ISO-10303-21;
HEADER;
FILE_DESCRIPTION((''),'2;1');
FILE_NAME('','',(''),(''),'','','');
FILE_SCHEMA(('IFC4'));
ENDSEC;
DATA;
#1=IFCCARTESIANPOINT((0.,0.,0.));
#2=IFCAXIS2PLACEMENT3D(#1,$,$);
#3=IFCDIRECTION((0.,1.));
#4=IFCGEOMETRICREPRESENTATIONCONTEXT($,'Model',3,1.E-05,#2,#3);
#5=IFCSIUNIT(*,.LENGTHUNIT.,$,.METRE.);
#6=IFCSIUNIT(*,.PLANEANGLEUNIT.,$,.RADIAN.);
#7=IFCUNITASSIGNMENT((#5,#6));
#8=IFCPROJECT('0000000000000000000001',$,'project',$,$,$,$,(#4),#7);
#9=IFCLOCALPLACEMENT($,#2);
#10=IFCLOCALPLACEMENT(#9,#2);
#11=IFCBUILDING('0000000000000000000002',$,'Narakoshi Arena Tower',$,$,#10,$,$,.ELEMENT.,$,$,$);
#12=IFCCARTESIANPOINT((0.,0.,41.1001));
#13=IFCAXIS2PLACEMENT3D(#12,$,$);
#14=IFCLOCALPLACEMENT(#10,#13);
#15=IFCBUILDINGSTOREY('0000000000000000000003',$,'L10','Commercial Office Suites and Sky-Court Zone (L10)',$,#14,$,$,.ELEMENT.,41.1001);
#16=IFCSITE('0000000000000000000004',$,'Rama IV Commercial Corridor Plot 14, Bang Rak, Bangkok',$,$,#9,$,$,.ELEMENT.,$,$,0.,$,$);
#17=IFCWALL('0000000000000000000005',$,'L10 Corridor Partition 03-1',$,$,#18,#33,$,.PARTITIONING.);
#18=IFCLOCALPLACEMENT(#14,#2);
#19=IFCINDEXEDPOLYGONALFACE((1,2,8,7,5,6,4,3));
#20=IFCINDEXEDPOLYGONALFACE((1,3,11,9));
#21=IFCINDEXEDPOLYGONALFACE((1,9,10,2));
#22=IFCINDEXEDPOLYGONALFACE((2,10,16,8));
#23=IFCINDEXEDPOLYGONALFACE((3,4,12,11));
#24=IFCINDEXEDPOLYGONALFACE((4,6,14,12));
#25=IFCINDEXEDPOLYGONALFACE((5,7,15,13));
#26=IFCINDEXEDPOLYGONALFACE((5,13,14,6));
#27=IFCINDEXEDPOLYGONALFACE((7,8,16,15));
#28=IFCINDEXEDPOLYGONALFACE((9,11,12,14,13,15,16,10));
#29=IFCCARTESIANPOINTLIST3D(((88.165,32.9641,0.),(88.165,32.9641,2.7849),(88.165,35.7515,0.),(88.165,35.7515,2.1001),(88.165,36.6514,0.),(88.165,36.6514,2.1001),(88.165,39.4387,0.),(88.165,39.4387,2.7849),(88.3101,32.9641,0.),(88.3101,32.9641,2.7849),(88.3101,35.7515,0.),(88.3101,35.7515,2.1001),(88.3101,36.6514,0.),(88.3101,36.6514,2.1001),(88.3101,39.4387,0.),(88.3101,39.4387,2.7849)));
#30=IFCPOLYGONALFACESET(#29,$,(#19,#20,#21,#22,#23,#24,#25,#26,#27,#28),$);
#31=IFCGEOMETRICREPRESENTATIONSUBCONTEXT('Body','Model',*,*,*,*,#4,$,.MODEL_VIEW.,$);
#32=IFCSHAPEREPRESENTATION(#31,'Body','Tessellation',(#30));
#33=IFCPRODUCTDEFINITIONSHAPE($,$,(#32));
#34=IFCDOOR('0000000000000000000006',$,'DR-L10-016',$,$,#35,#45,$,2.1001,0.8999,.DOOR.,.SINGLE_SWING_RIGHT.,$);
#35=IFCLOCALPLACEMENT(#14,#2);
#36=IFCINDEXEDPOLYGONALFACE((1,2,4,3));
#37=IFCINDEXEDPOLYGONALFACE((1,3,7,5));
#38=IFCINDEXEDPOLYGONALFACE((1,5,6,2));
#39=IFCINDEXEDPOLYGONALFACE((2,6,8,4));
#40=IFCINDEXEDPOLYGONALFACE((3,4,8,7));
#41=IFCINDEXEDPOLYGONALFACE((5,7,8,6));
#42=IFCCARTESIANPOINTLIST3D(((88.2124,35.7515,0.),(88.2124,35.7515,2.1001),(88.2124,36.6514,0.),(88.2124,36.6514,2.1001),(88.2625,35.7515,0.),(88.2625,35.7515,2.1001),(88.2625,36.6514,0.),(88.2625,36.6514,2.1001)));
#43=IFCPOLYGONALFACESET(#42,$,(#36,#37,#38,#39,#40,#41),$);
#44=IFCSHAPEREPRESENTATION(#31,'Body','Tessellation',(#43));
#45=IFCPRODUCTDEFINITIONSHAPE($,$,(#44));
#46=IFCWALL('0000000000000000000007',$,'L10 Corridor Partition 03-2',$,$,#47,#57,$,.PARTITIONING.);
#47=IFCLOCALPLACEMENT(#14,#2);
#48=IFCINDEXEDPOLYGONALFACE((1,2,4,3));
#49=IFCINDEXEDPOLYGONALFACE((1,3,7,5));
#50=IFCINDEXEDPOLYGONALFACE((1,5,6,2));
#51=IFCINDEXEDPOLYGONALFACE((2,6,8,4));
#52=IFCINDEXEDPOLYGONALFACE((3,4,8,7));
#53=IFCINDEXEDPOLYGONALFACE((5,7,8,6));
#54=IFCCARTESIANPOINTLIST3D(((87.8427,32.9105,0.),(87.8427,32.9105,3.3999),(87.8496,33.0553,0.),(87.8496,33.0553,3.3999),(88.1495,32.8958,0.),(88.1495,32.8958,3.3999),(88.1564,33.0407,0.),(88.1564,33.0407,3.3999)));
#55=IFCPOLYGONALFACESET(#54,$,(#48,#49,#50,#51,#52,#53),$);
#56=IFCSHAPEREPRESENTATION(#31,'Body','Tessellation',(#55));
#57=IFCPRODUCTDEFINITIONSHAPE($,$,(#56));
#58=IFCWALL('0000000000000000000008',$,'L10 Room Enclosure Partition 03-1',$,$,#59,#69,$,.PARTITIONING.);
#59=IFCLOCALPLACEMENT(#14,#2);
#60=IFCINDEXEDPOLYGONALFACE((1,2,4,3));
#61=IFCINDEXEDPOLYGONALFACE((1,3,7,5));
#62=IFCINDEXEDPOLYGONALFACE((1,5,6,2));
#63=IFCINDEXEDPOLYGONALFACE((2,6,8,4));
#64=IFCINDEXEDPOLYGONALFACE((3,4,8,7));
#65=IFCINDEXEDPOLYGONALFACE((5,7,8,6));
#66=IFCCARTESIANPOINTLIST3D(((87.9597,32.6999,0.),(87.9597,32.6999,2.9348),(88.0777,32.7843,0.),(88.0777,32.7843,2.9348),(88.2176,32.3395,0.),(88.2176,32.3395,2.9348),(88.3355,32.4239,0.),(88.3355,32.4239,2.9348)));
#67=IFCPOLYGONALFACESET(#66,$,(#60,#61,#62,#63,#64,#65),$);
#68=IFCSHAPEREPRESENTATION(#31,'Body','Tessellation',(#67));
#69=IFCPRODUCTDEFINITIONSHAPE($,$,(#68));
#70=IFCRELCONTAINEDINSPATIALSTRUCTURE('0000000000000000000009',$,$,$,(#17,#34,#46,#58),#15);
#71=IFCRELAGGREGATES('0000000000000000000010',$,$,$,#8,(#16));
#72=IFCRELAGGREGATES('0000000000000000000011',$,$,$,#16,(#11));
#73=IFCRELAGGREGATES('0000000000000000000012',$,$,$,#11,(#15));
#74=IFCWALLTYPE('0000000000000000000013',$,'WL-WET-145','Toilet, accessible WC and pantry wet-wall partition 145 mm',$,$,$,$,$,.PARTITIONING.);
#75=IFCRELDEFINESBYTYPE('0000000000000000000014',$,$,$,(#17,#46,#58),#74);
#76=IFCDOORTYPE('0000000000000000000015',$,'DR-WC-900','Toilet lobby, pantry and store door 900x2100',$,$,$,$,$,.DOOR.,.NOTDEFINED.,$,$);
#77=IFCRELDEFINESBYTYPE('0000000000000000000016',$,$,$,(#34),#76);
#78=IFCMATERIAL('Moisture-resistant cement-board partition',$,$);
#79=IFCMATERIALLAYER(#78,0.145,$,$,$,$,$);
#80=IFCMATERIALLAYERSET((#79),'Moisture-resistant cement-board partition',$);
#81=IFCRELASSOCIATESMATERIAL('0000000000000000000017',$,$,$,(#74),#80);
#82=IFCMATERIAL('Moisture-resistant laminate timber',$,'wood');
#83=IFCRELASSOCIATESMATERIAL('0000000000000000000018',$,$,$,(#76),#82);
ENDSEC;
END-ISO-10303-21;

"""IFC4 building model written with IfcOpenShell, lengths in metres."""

from ifc_helpers import new_model, si_unit, direction, frame, frame_2d, origin, place, context, subcontext, project, spatial, rectangle, extrude, material, layer, layer_set, type_object, element, fill, save


model = new_model("IFC4")

# Units and contexts
model_context = context("Model", 3, precision=1e-05, world=origin(), true_north=direction((0.0, 1.0)))
body_context = subcontext(model_context, "Body", "Model", "MODEL_VIEW")
ifc_project = project(units=[si_unit("LENGTHUNIT", "METRE"), si_unit("PLANEANGLEUNIT", "RADIAN")], contexts=[model_context])

# Site, building, storey
site_placement = place(None, origin())
site = spatial("IfcSite", under=ifc_project, at=site_placement, Name="Rama IV Commercial Corridor Plot 14, Bang Rak, Bangkok", CompositionType="ELEMENT", RefElevation=0.0)
building_placement = place(site_placement, origin())
building = spatial("IfcBuilding", under=site, at=building_placement, Name="Narakoshi Arena Tower", CompositionType="ELEMENT")
storey_placement = place(building_placement, frame((0.0, 0.0, 41.1001)))
storey = spatial("IfcBuildingStorey", under=building, at=storey_placement, Name="L10", Description="Commercial Office Suites and Sky-Court Zone (L10)", CompositionType="ELEMENT", Elevation=41.1001)

# Wall, opening, door
ifc_material_1 = material(Name="Moisture-resistant cement-board partition")
ifc_layer_1 = layer(ifc_material_1, 0.145)
ifc_layer_set_1 = layer_set([ifc_layer_1], Name="Moisture-resistant cement-board partition")
wall_type_1 = type_object("IfcWallType", Name="WL-WET-145", Description="Toilet, accessible WC and pantry wet-wall partition 145 mm", PredefinedType="PARTITIONING", material=ifc_layer_set_1)
wall_1_placement = place(storey_placement, frame((88.2375, 32.9641, 0.0), z_axis=(0.0, 0.0, 1.0), x_axis=(0.0, 1.0, 0.0)))
wall_1 = element("IfcWall", 1, at=wall_1_placement, inside=storey, type_object=wall_type_1, Name="L10 Corridor Partition 03-1", PredefinedType="PARTITIONING", context=body_context, shape_type="SweptSolid", body=[
    extrude(rectangle(XDim=6.4746, YDim=0.145, at=frame_2d((3.2373, 0.0))), origin(), (0.0, 0.0, 1.0), 2.7849),
])
opening_1_placement = place(wall_1_placement, frame((2.7874, 0.0, 0.0)))
opening_1 = element("IfcOpeningElement", 2, at=opening_1_placement, cuts=wall_1, PredefinedType="OPENING", context=body_context, shape_type="SweptSolid", body=[
    extrude(rectangle(XDim=0.8999, YDim=2.1001, at=frame_2d((0.45, 1.05))), frame((0.0, 0.0825, 0.0), z_axis=(0.0, -1.0, 0.0), x_axis=(1.0, 0.0, 0.0)), (0.0, 0.0, 1.0), 0.165),
])
ifc_material_2 = material(Name="Moisture-resistant laminate timber", Category="wood")
door_type = type_object("IfcDoorType", Name="DR-WC-900", Description="Toilet lobby, pantry and store door 900x2100", OperationType="NOTDEFINED", PredefinedType="DOOR", material=ifc_material_2)
door_placement = place(opening_1_placement, frame((0.8999, 0.0, 0.0), z_axis=(0.0, 0.0, 1.0), x_axis=(-1.0, 0.0, 0.0)))
door = element("IfcDoor", 3, at=door_placement, inside=storey, type_object=door_type, Name="DR-L10-016", OperationType="SINGLE_SWING_RIGHT", OverallHeight=2.1001, OverallWidth=0.8999, PredefinedType="DOOR", context=body_context, shape_type="SweptSolid", body=[
    extrude(rectangle(XDim=0.8999, YDim=2.1001, at=frame_2d((0.45, 1.05))), frame((0.0, 0.0249, 0.0), z_axis=(0.0, -1.0, 0.0), x_axis=(1.0, 0.0, 0.0)), (0.0, 0.0, 1.0), 0.05),
])
fill(opening_1, door)

# Walls
wall_2_placement = place(storey_placement, frame((87.8462, 32.9829, 0.0), z_axis=(0.0, 0.0, 1.0), x_axis=(0.998863, -0.047678, 0.0)))
element("IfcWall", 4, at=wall_2_placement, inside=storey, type_object=wall_type_1, Name="L10 Corridor Partition 03-2", PredefinedType="PARTITIONING", context=body_context, shape_type="SweptSolid", body=[
    extrude(rectangle(XDim=0.3071, YDim=0.145, at=frame_2d((0.1536, 0.0))), origin(), (0.0, 0.0, 1.0), 3.3999),
])
wall_3_placement = place(storey_placement, frame((88.2766, 32.3816, 0.0), z_axis=(0.0, 0.0, 1.0), x_axis=(-0.581863, 0.813286, 0.0)))
element("IfcWall", 5, at=wall_3_placement, inside=storey, type_object=wall_type_1, Name="L10 Room Enclosure Partition 03-1", PredefinedType="PARTITIONING", context=body_context, shape_type="SweptSolid", body=[
    extrude(rectangle(XDim=0.4431, YDim=0.145, at=frame_2d((0.2217, 0.0))), origin(), (0.0, 0.0, 1.0), 2.9348),
])

save(model, "model.ifc")
